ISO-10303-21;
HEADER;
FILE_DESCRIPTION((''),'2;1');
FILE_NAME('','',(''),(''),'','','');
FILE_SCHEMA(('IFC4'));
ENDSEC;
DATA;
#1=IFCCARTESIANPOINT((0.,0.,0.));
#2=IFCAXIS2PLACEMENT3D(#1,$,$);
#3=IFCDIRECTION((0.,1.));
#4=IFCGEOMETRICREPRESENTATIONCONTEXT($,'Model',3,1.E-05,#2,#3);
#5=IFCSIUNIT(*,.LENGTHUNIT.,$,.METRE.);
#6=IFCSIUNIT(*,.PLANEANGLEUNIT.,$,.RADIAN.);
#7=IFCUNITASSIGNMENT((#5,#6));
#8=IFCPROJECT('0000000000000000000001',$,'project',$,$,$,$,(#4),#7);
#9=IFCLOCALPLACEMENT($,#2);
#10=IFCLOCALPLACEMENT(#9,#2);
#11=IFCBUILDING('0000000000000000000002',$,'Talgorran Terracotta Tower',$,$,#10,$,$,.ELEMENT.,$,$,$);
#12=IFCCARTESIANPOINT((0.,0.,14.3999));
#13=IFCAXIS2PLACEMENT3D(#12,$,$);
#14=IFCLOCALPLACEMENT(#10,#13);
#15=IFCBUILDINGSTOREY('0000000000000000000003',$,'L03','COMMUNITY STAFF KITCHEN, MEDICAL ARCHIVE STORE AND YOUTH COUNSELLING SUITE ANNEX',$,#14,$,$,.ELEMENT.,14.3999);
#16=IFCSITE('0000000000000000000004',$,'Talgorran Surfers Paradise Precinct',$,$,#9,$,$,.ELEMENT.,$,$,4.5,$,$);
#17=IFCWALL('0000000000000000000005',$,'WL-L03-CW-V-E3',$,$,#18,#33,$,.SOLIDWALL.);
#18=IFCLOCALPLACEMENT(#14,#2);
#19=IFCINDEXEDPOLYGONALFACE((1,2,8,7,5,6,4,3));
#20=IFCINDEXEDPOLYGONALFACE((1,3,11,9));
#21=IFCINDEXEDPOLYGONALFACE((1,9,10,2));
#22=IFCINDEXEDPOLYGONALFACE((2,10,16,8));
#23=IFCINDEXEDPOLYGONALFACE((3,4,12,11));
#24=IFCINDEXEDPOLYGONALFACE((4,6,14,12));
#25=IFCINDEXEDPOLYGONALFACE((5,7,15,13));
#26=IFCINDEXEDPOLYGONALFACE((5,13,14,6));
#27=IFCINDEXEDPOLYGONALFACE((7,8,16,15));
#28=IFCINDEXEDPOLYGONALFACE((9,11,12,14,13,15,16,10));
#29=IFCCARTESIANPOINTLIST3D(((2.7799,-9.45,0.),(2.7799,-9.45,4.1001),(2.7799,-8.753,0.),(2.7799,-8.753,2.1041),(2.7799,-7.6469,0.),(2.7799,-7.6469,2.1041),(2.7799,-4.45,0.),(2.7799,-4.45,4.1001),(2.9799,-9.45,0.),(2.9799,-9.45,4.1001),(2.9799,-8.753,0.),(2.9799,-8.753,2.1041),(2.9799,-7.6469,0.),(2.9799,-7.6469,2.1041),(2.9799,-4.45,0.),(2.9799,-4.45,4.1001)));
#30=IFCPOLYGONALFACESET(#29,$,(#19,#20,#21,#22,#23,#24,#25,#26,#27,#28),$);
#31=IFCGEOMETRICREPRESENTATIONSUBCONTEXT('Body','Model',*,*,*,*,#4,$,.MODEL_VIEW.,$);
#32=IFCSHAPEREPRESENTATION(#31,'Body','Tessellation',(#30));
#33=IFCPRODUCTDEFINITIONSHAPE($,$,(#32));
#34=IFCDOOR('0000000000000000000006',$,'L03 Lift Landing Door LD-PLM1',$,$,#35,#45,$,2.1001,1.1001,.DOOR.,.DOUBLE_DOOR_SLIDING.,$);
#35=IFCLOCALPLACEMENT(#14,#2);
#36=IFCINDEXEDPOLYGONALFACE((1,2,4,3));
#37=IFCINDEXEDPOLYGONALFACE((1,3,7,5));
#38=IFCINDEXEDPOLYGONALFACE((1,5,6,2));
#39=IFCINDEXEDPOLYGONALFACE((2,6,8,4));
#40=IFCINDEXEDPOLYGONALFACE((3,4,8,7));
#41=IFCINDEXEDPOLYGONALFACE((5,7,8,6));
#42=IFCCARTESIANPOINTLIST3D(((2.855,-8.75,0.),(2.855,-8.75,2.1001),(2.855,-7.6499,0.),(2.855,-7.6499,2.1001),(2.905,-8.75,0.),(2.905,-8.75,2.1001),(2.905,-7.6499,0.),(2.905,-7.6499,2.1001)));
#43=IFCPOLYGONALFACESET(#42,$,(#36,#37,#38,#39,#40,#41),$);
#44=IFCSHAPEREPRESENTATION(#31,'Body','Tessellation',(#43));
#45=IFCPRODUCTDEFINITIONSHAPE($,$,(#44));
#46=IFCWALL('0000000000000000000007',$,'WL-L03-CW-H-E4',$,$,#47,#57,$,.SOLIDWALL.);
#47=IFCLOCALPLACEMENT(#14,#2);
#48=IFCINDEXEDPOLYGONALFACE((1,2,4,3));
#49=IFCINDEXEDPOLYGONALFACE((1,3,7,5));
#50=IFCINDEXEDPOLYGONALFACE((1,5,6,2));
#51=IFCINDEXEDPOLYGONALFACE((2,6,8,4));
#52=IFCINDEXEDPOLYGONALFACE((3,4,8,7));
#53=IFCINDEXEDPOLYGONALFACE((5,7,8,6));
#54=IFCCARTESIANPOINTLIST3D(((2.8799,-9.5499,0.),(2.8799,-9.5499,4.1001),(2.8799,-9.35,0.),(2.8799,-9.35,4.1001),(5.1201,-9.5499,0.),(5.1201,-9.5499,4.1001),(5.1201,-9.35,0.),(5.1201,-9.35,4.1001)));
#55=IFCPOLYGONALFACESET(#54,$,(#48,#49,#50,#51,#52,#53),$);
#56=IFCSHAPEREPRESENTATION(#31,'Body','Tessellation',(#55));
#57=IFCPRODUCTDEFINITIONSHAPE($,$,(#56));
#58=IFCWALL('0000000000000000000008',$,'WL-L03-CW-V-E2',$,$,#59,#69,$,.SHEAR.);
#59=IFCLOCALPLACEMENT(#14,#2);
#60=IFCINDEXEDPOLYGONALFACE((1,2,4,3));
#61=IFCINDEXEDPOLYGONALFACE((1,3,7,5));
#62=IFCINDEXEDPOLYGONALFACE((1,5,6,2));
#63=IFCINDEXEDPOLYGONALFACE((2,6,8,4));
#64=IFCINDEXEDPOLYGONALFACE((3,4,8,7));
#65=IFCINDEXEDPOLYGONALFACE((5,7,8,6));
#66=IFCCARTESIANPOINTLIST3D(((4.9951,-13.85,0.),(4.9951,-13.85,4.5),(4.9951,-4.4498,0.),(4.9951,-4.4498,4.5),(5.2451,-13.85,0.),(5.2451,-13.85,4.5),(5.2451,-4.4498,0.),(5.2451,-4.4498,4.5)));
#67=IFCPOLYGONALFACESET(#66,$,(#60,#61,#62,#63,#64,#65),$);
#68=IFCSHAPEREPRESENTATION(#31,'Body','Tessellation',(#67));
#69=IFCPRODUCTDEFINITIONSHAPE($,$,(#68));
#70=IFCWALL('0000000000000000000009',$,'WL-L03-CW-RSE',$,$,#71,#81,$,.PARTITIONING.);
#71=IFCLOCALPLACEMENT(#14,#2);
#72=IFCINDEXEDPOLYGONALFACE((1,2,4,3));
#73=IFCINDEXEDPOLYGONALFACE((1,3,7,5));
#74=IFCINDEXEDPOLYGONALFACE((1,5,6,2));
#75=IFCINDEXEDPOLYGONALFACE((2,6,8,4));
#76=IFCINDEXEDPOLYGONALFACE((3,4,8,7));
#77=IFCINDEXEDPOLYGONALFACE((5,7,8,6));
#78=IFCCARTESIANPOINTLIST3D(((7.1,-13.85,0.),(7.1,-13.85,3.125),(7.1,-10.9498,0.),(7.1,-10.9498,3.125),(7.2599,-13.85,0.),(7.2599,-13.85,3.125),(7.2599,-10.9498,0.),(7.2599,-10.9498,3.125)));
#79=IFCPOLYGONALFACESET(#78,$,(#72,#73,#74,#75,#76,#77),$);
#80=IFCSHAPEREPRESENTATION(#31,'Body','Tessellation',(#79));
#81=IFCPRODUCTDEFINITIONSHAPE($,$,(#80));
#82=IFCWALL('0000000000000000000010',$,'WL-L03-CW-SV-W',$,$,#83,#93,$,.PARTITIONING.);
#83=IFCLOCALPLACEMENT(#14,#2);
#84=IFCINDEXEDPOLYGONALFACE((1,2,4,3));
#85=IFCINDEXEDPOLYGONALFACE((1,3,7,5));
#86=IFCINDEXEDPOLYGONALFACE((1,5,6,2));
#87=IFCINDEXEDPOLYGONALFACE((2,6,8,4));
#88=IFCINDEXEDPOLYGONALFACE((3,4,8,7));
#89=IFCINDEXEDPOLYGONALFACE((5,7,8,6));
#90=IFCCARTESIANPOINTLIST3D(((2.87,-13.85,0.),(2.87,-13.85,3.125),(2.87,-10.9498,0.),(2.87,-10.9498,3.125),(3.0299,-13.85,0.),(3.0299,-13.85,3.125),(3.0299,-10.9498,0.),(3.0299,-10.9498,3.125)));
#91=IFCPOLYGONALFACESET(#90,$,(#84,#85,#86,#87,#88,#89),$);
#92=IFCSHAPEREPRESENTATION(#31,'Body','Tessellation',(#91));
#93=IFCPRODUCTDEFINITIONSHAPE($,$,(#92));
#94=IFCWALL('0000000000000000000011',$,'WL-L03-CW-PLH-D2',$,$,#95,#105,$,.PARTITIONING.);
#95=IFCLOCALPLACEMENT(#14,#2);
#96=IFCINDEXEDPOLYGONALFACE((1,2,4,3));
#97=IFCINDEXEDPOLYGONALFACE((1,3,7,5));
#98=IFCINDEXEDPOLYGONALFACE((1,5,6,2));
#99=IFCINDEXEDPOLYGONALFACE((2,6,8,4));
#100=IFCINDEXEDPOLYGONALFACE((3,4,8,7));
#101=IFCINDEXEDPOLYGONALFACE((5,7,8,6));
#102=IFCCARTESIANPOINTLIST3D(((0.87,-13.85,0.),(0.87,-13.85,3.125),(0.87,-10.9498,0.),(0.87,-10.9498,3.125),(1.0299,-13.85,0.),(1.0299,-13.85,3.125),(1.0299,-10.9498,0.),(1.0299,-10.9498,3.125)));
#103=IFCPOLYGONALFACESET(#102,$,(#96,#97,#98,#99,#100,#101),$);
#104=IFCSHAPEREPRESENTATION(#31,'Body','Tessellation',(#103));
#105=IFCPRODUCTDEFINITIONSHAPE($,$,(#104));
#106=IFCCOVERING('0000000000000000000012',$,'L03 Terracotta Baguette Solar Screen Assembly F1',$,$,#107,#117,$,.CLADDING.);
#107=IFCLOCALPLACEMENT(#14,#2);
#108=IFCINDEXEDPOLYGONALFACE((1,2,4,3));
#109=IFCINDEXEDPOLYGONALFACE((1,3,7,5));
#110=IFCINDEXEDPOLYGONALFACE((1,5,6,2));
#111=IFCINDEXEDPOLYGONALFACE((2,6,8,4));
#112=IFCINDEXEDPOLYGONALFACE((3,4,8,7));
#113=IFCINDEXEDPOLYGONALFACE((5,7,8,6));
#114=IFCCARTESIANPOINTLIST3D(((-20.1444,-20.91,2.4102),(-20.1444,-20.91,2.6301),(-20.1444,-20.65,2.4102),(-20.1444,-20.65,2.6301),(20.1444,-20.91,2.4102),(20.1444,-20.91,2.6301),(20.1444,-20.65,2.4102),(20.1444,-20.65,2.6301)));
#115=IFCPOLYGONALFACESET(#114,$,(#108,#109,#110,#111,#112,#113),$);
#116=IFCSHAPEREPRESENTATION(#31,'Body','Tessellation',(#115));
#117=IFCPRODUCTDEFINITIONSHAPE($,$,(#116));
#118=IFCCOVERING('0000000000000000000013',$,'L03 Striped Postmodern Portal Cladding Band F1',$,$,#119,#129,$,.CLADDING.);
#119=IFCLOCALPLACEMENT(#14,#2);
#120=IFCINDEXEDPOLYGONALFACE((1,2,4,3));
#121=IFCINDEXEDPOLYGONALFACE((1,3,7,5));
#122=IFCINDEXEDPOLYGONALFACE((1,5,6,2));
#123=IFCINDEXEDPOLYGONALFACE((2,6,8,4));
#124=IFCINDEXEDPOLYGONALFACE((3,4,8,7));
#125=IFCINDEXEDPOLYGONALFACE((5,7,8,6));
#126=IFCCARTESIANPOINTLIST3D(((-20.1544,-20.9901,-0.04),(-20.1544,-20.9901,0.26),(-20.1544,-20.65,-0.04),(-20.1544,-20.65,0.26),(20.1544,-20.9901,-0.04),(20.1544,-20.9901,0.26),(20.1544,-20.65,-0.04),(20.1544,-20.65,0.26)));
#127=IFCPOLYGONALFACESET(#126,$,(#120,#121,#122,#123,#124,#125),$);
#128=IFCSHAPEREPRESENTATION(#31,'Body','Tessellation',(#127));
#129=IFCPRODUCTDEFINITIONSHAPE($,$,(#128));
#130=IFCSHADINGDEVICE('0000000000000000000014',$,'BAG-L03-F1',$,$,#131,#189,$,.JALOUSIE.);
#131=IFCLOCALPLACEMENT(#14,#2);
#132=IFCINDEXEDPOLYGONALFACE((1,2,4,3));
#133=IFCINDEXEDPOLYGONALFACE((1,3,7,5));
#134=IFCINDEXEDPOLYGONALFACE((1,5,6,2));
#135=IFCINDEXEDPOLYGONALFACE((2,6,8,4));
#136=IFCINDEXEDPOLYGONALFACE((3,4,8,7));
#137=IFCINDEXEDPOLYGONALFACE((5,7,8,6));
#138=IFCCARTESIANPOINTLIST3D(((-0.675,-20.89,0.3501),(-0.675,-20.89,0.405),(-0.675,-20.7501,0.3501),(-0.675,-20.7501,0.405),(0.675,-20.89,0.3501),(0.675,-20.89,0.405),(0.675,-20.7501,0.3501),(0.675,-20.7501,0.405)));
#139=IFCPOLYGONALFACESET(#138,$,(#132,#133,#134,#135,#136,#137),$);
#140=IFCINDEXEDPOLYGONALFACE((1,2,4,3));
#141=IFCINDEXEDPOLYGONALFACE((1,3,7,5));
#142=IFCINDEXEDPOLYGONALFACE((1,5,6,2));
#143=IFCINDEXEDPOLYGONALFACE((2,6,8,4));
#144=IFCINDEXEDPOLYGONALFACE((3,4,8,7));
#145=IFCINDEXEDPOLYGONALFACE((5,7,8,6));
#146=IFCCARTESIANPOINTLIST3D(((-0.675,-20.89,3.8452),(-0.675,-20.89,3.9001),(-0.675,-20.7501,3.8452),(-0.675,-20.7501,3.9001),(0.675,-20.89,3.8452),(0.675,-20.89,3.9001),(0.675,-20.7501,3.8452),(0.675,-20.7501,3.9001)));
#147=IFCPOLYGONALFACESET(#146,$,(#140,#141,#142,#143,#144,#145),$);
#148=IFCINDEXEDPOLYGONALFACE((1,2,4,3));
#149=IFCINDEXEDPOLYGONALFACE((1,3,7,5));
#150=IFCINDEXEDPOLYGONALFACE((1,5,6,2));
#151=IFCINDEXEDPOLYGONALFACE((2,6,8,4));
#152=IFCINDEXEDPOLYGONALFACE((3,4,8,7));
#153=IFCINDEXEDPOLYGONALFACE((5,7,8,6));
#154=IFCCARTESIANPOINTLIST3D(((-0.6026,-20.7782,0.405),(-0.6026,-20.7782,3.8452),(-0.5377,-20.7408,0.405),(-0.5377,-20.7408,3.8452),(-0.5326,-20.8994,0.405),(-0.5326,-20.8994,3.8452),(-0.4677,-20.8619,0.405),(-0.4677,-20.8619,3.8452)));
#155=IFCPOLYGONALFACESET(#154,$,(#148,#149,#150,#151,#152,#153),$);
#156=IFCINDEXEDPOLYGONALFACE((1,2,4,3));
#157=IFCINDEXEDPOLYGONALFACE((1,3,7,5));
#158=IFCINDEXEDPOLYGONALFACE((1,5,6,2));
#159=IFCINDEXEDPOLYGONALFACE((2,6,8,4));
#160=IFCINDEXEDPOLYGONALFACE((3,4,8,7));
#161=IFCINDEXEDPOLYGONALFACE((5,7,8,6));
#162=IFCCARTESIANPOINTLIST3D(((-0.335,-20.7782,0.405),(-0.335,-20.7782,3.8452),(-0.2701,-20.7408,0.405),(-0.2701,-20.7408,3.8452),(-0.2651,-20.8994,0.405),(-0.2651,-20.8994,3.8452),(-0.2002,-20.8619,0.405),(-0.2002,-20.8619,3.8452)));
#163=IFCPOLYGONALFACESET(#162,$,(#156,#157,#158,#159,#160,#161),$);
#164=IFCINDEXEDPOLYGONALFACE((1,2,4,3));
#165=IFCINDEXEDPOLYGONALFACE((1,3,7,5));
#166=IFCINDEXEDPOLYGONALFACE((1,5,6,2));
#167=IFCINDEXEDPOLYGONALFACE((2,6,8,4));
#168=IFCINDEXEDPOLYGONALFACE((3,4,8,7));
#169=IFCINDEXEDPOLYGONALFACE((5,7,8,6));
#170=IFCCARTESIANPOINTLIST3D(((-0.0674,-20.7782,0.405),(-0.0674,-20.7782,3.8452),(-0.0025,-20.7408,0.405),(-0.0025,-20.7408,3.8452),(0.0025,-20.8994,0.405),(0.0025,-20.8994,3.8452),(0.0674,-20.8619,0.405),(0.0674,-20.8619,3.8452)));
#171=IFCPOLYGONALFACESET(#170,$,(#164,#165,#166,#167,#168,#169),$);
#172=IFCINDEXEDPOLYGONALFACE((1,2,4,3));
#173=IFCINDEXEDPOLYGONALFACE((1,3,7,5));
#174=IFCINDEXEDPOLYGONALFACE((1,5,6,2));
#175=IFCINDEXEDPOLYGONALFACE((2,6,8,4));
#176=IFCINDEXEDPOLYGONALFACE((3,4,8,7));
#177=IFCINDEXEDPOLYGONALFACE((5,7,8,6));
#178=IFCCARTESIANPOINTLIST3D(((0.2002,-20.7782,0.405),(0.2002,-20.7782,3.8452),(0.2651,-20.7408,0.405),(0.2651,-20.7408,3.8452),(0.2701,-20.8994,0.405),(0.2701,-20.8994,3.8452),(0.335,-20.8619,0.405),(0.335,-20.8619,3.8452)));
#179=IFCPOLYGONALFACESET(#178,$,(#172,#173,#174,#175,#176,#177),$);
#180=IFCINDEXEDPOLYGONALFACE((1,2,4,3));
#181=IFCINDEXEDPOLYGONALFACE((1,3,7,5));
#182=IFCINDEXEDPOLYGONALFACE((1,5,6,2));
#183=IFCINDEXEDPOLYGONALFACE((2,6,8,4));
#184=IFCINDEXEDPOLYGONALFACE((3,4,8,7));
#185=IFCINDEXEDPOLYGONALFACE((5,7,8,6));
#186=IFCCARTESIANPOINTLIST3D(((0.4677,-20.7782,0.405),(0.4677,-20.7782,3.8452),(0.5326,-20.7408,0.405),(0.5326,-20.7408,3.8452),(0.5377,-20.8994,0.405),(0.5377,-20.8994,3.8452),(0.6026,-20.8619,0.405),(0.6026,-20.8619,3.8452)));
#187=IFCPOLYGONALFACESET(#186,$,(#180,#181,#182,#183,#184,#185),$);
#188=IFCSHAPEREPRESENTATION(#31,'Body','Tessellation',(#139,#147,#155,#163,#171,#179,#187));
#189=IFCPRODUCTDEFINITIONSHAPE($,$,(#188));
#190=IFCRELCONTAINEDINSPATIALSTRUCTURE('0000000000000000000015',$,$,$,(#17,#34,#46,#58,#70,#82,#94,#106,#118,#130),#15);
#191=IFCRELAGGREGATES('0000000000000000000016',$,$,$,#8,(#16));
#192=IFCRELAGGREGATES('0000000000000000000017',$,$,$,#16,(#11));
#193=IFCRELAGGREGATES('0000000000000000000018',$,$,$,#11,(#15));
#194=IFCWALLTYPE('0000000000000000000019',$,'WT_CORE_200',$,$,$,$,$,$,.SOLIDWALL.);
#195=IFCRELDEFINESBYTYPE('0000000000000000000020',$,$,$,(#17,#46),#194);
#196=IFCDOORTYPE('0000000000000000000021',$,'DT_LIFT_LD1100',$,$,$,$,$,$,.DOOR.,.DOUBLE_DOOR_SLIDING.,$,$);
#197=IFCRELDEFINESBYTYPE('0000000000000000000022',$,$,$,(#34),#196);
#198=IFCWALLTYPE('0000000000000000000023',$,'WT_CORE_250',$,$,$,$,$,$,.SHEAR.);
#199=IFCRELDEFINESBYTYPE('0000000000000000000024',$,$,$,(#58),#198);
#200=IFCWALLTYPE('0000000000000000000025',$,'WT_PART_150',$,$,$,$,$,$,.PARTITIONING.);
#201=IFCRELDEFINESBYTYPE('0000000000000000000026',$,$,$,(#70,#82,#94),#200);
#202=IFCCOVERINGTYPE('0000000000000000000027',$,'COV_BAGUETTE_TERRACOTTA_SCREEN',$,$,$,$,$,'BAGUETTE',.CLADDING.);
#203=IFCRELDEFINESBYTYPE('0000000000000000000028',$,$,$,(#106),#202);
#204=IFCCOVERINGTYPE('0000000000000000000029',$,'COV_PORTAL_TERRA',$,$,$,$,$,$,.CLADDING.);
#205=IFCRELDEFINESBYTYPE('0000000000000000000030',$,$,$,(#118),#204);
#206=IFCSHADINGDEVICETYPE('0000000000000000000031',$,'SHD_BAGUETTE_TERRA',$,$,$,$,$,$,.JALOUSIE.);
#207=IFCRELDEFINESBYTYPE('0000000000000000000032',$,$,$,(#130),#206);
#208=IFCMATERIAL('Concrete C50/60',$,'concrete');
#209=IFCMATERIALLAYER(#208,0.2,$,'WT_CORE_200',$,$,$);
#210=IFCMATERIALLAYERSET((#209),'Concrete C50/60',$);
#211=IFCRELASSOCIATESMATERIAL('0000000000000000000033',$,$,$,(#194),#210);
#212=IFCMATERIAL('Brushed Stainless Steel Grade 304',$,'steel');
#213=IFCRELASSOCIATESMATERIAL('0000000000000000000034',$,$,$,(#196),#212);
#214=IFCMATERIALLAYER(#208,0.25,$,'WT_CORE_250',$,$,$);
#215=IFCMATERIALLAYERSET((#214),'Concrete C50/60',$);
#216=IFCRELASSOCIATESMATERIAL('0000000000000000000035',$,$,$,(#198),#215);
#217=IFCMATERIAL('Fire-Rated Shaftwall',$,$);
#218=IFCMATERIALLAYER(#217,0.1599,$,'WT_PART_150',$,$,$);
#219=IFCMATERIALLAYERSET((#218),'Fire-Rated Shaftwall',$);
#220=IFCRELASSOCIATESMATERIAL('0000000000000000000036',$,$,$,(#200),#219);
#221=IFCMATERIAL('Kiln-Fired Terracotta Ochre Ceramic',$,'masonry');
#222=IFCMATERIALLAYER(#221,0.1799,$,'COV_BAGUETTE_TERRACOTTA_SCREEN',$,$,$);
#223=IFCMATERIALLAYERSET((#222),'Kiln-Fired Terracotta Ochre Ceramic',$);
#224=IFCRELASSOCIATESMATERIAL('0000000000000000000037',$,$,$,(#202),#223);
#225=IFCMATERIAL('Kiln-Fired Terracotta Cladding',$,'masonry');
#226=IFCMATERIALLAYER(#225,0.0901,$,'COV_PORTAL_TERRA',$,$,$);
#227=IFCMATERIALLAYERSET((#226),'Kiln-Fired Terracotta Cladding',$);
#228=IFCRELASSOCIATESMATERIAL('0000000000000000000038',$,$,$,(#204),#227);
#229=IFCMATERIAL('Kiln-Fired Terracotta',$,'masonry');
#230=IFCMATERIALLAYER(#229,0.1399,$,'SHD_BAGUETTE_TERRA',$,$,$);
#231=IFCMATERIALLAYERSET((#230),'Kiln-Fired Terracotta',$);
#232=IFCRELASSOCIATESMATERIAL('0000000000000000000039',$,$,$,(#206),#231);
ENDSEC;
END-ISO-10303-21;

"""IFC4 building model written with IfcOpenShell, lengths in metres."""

from ifc_helpers import new_model, si_unit, direction, frame, frame_2d, origin, origin_2d, place, context, subcontext, project, spatial, rectangle, extrude, source, transform, mapped, material, layer, layer_set, type_object, type_shapes, element, fill, save


model = new_model("IFC4")

# Units and contexts
model_context = context("Model", 3, precision=1e-05, world=origin(), true_north=direction((0.0, 1.0)))
body_context = subcontext(model_context, "Body", "Model", "MODEL_VIEW")
ifc_project = project(units=[si_unit("LENGTHUNIT", "METRE"), si_unit("PLANEANGLEUNIT", "RADIAN")], contexts=[model_context])

# Site, building, storey
site_placement = place(None, origin())
site = spatial("IfcSite", under=ifc_project, at=site_placement, Name="Talgorran Surfers Paradise Precinct", CompositionType="ELEMENT", RefElevation=4.5)
building_placement = place(site_placement, origin())
building = spatial("IfcBuilding", under=site, at=building_placement, Name="Talgorran Terracotta Tower", CompositionType="ELEMENT")
storey_placement = place(building_placement, frame((0.0, 0.0, 14.3999)))
storey = spatial("IfcBuildingStorey", under=building, at=storey_placement, Name="L03", Description="COMMUNITY STAFF KITCHEN, MEDICAL ARCHIVE STORE AND YOUTH COUNSELLING SUITE ANNEX", CompositionType="ELEMENT", Elevation=14.3999)

# Shared definitions
ifc_material_1 = material(Name="Concrete C50/60", Category="concrete")
ifc_layer_1 = layer(ifc_material_1, 0.2, Name="WT_CORE_200")
ifc_layer_set_1 = layer_set([ifc_layer_1], Name="Concrete C50/60")
wall_type_1 = type_object("IfcWallType", Name="WT_CORE_200", PredefinedType="SOLIDWALL", material=ifc_layer_set_1)
ifc_material_2 = material(Name="Brushed Stainless Steel Grade 304", Category="steel")
door_type_1 = type_object("IfcDoorType", Name="DT_LIFT_LD1100", OperationType="DOUBLE_DOOR_SLIDING", PredefinedType="DOOR", material=ifc_material_2)

# Wall, opening, door
wall_1_placement = place(storey_placement, frame((2.8799, -9.45, 0.0), z_axis=(0.0, 0.0, 1.0), x_axis=(0.0, 1.0, 0.0)))
wall_1 = element("IfcWall", 1, at=wall_1_placement, inside=storey, type_object=wall_type_1, Name="WL-L03-CW-V-E3", PredefinedType="SOLIDWALL", context=body_context, shape_type="SweptSolid", body=[
    extrude(rectangle(XDim=5.0, YDim=0.2, at=frame_2d((2.5, 0.0))), origin(), (0.0, 0.0, 1.0), 4.1001),
])
opening_1_placement = place(wall_1_placement, frame((0.7, 0.0, 0.0)))
opening_1 = element("IfcOpeningElement", 2, at=opening_1_placement, cuts=wall_1, PredefinedType="OPENING", context=body_context, shape_type="SweptSolid", body=[
    extrude(rectangle(XDim=1.1061, YDim=2.1041, at=frame_2d((0.55, 1.052))), frame((0.0, 0.1099, 0.0), z_axis=(0.0, -1.0, 0.0), x_axis=(1.0, 0.0, 0.0)), (0.0, 0.0, 1.0), 0.22),
])
door_1_placement = place(opening_1_placement, origin())
door_1 = element("IfcDoor", 3, at=door_1_placement, inside=storey, type_object=door_type_1, Name="L03 Lift Landing Door LD-PLM1", OperationType="DOUBLE_DOOR_SLIDING", OverallHeight=2.1001, OverallWidth=1.1001, PredefinedType="DOOR", context=body_context, shape_type="SweptSolid", body=[
    extrude(rectangle(XDim=1.1001, YDim=2.1001, at=frame_2d((0.55, 1.05))), frame((0.0, 0.0249, 0.0), z_axis=(0.0, -1.0, 0.0), x_axis=(1.0, 0.0, 0.0)), (0.0, 0.0, 1.0), 0.05),
])
fill(opening_1, door_1)

# Walls
wall_2_placement = place(storey_placement, frame((2.8799, -9.45, 0.0), z_axis=(0.0, 0.0, 1.0), x_axis=(1.0, 0.0, 0.0)))
element("IfcWall", 4, at=wall_2_placement, inside=storey, type_object=wall_type_1, Name="WL-L03-CW-H-E4", PredefinedType="SOLIDWALL", context=body_context, shape_type="SweptSolid", body=[
    extrude(rectangle(XDim=2.2402, YDim=0.2, at=frame_2d((1.1201, 0.0))), origin(), (0.0, 0.0, 1.0), 4.1001),
])
ifc_layer_2 = layer(ifc_material_1, 0.25, Name="WT_CORE_250")
ifc_layer_set_2 = layer_set([ifc_layer_2], Name="Concrete C50/60")
wall_type_2 = type_object("IfcWallType", Name="WT_CORE_250", PredefinedType="SHEAR", material=ifc_layer_set_2)
wall_3_placement = place(storey_placement, frame((5.1201, -13.8501, 0.0), z_axis=(0.0, 0.0, 1.0), x_axis=(0.0, 1.0, 0.0)))
element("IfcWall", 5, at=wall_3_placement, inside=storey, type_object=wall_type_2, Name="WL-L03-CW-V-E2", PredefinedType="SHEAR", context=body_context, shape_type="SweptSolid", body=[
    extrude(rectangle(XDim=9.4001, YDim=0.25, at=frame_2d((4.7002, 0.0))), origin(), (0.0, 0.0, 1.0), 4.5),
])
ifc_material_3 = material(Name="Fire-Rated Shaftwall")
ifc_layer_3 = layer(ifc_material_3, 0.1599, Name="WT_PART_150")
ifc_layer_set_3 = layer_set([ifc_layer_3], Name="Fire-Rated Shaftwall")
wall_type_3 = type_object("IfcWallType", Name="WT_PART_150", PredefinedType="PARTITIONING", material=ifc_layer_set_3)
for number, where, z_axis, x_axis, name in (
    (6, (7.1799, -13.8501, 0.0), (0.0, 0.0, 1.0), (0.0, 1.0, 0.0), "WL-L03-CW-RSE"),
    (7, (2.95, -13.8501, 0.0), (0.0, 0.0, 1.0), (0.0, 1.0, 0.0), "WL-L03-CW-SV-W"),
    (8, (0.95, -13.8501, 0.0), (0.0, 0.0, 1.0), (0.0, 1.0, 0.0), "WL-L03-CW-PLH-D2"),
):
    element("IfcWall", number, at=place(storey_placement, frame(where, z_axis=z_axis, x_axis=x_axis)), inside=storey, type_object=wall_type_3, Name=name, PredefinedType="PARTITIONING", context=body_context, shape_type="SweptSolid", body=[
        extrude(rectangle(XDim=2.9001, YDim=0.1599, at=frame_2d((1.4502, 0.0))), origin(), (0.0, 0.0, 1.0), 3.125),
    ])

# Coverings
ifc_material_4 = material(Name="Kiln-Fired Terracotta Ochre Ceramic", Category="masonry")
ifc_layer_4 = layer(ifc_material_4, 0.1799, Name="COV_BAGUETTE_TERRACOTTA_SCREEN")
ifc_layer_set_4 = layer_set([ifc_layer_4], Name="Kiln-Fired Terracotta Ochre Ceramic")
covering_type_1 = type_object("IfcCoveringType", Name="COV_BAGUETTE_TERRACOTTA_SCREEN", ElementType="BAGUETTE", PredefinedType="CLADDING", material=ifc_layer_set_4)
covering_1_placement = place(storey_placement, frame((0.0, -20.78, 2.4102), z_axis=(0.0, 0.0, 1.0), x_axis=(1.0, 0.0, 0.0)))
element("IfcCovering", 9, at=covering_1_placement, inside=storey, type_object=covering_type_1, Name="L03 Terracotta Baguette Solar Screen Assembly F1", PredefinedType="CLADDING", context=body_context, shape_type="SweptSolid", body=[
    extrude(rectangle(XDim=40.2888, YDim=0.26, at=origin_2d()), origin(), (0.0, 0.0, 1.0), 0.22),
])
ifc_material_5 = material(Name="Kiln-Fired Terracotta Cladding", Category="masonry")
ifc_layer_5 = layer(ifc_material_5, 0.0901, Name="COV_PORTAL_TERRA")
ifc_layer_set_5 = layer_set([ifc_layer_5], Name="Kiln-Fired Terracotta Cladding")
covering_type_2 = type_object("IfcCoveringType", Name="COV_PORTAL_TERRA", PredefinedType="CLADDING", material=ifc_layer_set_5)
covering_2_placement = place(storey_placement, frame((0.0, -20.8201, -0.04), z_axis=(0.0, 0.0, 1.0), x_axis=(1.0, 0.0, 0.0)))
element("IfcCovering", 10, at=covering_2_placement, inside=storey, type_object=covering_type_2, Name="L03 Striped Postmodern Portal Cladding Band F1", PredefinedType="CLADDING", context=body_context, shape_type="SweptSolid", body=[
    extrude(rectangle(XDim=40.3088, YDim=0.3401, at=origin_2d()), origin(), (0.0, 0.0, 1.0), 0.3),
])

# Shading device
ifc_material_6 = material(Name="Kiln-Fired Terracotta", Category="masonry")
ifc_layer_6 = layer(ifc_material_6, 0.1399, Name="SHD_BAGUETTE_TERRA")
ifc_layer_set_6 = layer_set([ifc_layer_6], Name="Kiln-Fired Terracotta")
shading_device_type = type_object("IfcShadingDeviceType", Name="SHD_BAGUETTE_TERRA", PredefinedType="JALOUSIE", material=ifc_layer_set_6)
shared_shape_1 = source(origin(), body_context, "Body", "SweptSolid", [
    extrude(rectangle(XDim=1.3501, YDim=0.1399, at=origin_2d()), origin(), (0.0, 0.0, 1.0), 0.0549),
    extrude(rectangle(XDim=1.3501, YDim=0.1399, at=origin_2d()), frame((0.0, 0.0, 3.4951)), (0.0, 0.0, 1.0), 0.0549),
    extrude(rectangle(XDim=0.075, YDim=0.1399, at=origin_2d()), frame((-0.5352, 0.0, 0.0549), z_axis=(0.0, 0.0, 1.0), x_axis=(0.866025, 0.5, 0.0)), (0.0, 0.0, 1.0), 3.4402),
    extrude(rectangle(XDim=0.075, YDim=0.1399, at=origin_2d()), frame((-0.2676, 0.0, 0.0549), z_axis=(0.0, 0.0, 1.0), x_axis=(0.866025, 0.5, 0.0)), (0.0, 0.0, 1.0), 3.4402),
    extrude(rectangle(XDim=0.075, YDim=0.1399, at=origin_2d()), frame((0.0, 0.0, 0.0549), z_axis=(0.0, 0.0, 1.0), x_axis=(0.866025, 0.5, 0.0)), (0.0, 0.0, 1.0), 3.4402),
    extrude(rectangle(XDim=0.075, YDim=0.1399, at=origin_2d()), frame((0.2676, 0.0, 0.0549), z_axis=(0.0, 0.0, 1.0), x_axis=(0.866025, 0.5, 0.0)), (0.0, 0.0, 1.0), 3.4402),
    extrude(rectangle(XDim=0.075, YDim=0.1399, at=origin_2d()), frame((0.5352, 0.0, 0.0549), z_axis=(0.0, 0.0, 1.0), x_axis=(0.866025, 0.5, 0.0)), (0.0, 0.0, 1.0), 3.4402),
])
type_shapes(shading_device_type, [shared_shape_1])
shading_device_placement = place(storey_placement, frame((0.0, -20.8201, 0.3501), z_axis=(0.0, 0.0, 1.0), x_axis=(1.0, 0.0, 0.0)))
element("IfcShadingDevice", 11, at=shading_device_placement, inside=storey, type_object=shading_device_type, Name="BAG-L03-F1", PredefinedType="JALOUSIE", context=body_context, shape_type="MappedRepresentation", body=[
    mapped(shared_shape_1, transform((0.0, 0.0, 0.0), scale=1.0)),
])

save(model, "model.ifc")
